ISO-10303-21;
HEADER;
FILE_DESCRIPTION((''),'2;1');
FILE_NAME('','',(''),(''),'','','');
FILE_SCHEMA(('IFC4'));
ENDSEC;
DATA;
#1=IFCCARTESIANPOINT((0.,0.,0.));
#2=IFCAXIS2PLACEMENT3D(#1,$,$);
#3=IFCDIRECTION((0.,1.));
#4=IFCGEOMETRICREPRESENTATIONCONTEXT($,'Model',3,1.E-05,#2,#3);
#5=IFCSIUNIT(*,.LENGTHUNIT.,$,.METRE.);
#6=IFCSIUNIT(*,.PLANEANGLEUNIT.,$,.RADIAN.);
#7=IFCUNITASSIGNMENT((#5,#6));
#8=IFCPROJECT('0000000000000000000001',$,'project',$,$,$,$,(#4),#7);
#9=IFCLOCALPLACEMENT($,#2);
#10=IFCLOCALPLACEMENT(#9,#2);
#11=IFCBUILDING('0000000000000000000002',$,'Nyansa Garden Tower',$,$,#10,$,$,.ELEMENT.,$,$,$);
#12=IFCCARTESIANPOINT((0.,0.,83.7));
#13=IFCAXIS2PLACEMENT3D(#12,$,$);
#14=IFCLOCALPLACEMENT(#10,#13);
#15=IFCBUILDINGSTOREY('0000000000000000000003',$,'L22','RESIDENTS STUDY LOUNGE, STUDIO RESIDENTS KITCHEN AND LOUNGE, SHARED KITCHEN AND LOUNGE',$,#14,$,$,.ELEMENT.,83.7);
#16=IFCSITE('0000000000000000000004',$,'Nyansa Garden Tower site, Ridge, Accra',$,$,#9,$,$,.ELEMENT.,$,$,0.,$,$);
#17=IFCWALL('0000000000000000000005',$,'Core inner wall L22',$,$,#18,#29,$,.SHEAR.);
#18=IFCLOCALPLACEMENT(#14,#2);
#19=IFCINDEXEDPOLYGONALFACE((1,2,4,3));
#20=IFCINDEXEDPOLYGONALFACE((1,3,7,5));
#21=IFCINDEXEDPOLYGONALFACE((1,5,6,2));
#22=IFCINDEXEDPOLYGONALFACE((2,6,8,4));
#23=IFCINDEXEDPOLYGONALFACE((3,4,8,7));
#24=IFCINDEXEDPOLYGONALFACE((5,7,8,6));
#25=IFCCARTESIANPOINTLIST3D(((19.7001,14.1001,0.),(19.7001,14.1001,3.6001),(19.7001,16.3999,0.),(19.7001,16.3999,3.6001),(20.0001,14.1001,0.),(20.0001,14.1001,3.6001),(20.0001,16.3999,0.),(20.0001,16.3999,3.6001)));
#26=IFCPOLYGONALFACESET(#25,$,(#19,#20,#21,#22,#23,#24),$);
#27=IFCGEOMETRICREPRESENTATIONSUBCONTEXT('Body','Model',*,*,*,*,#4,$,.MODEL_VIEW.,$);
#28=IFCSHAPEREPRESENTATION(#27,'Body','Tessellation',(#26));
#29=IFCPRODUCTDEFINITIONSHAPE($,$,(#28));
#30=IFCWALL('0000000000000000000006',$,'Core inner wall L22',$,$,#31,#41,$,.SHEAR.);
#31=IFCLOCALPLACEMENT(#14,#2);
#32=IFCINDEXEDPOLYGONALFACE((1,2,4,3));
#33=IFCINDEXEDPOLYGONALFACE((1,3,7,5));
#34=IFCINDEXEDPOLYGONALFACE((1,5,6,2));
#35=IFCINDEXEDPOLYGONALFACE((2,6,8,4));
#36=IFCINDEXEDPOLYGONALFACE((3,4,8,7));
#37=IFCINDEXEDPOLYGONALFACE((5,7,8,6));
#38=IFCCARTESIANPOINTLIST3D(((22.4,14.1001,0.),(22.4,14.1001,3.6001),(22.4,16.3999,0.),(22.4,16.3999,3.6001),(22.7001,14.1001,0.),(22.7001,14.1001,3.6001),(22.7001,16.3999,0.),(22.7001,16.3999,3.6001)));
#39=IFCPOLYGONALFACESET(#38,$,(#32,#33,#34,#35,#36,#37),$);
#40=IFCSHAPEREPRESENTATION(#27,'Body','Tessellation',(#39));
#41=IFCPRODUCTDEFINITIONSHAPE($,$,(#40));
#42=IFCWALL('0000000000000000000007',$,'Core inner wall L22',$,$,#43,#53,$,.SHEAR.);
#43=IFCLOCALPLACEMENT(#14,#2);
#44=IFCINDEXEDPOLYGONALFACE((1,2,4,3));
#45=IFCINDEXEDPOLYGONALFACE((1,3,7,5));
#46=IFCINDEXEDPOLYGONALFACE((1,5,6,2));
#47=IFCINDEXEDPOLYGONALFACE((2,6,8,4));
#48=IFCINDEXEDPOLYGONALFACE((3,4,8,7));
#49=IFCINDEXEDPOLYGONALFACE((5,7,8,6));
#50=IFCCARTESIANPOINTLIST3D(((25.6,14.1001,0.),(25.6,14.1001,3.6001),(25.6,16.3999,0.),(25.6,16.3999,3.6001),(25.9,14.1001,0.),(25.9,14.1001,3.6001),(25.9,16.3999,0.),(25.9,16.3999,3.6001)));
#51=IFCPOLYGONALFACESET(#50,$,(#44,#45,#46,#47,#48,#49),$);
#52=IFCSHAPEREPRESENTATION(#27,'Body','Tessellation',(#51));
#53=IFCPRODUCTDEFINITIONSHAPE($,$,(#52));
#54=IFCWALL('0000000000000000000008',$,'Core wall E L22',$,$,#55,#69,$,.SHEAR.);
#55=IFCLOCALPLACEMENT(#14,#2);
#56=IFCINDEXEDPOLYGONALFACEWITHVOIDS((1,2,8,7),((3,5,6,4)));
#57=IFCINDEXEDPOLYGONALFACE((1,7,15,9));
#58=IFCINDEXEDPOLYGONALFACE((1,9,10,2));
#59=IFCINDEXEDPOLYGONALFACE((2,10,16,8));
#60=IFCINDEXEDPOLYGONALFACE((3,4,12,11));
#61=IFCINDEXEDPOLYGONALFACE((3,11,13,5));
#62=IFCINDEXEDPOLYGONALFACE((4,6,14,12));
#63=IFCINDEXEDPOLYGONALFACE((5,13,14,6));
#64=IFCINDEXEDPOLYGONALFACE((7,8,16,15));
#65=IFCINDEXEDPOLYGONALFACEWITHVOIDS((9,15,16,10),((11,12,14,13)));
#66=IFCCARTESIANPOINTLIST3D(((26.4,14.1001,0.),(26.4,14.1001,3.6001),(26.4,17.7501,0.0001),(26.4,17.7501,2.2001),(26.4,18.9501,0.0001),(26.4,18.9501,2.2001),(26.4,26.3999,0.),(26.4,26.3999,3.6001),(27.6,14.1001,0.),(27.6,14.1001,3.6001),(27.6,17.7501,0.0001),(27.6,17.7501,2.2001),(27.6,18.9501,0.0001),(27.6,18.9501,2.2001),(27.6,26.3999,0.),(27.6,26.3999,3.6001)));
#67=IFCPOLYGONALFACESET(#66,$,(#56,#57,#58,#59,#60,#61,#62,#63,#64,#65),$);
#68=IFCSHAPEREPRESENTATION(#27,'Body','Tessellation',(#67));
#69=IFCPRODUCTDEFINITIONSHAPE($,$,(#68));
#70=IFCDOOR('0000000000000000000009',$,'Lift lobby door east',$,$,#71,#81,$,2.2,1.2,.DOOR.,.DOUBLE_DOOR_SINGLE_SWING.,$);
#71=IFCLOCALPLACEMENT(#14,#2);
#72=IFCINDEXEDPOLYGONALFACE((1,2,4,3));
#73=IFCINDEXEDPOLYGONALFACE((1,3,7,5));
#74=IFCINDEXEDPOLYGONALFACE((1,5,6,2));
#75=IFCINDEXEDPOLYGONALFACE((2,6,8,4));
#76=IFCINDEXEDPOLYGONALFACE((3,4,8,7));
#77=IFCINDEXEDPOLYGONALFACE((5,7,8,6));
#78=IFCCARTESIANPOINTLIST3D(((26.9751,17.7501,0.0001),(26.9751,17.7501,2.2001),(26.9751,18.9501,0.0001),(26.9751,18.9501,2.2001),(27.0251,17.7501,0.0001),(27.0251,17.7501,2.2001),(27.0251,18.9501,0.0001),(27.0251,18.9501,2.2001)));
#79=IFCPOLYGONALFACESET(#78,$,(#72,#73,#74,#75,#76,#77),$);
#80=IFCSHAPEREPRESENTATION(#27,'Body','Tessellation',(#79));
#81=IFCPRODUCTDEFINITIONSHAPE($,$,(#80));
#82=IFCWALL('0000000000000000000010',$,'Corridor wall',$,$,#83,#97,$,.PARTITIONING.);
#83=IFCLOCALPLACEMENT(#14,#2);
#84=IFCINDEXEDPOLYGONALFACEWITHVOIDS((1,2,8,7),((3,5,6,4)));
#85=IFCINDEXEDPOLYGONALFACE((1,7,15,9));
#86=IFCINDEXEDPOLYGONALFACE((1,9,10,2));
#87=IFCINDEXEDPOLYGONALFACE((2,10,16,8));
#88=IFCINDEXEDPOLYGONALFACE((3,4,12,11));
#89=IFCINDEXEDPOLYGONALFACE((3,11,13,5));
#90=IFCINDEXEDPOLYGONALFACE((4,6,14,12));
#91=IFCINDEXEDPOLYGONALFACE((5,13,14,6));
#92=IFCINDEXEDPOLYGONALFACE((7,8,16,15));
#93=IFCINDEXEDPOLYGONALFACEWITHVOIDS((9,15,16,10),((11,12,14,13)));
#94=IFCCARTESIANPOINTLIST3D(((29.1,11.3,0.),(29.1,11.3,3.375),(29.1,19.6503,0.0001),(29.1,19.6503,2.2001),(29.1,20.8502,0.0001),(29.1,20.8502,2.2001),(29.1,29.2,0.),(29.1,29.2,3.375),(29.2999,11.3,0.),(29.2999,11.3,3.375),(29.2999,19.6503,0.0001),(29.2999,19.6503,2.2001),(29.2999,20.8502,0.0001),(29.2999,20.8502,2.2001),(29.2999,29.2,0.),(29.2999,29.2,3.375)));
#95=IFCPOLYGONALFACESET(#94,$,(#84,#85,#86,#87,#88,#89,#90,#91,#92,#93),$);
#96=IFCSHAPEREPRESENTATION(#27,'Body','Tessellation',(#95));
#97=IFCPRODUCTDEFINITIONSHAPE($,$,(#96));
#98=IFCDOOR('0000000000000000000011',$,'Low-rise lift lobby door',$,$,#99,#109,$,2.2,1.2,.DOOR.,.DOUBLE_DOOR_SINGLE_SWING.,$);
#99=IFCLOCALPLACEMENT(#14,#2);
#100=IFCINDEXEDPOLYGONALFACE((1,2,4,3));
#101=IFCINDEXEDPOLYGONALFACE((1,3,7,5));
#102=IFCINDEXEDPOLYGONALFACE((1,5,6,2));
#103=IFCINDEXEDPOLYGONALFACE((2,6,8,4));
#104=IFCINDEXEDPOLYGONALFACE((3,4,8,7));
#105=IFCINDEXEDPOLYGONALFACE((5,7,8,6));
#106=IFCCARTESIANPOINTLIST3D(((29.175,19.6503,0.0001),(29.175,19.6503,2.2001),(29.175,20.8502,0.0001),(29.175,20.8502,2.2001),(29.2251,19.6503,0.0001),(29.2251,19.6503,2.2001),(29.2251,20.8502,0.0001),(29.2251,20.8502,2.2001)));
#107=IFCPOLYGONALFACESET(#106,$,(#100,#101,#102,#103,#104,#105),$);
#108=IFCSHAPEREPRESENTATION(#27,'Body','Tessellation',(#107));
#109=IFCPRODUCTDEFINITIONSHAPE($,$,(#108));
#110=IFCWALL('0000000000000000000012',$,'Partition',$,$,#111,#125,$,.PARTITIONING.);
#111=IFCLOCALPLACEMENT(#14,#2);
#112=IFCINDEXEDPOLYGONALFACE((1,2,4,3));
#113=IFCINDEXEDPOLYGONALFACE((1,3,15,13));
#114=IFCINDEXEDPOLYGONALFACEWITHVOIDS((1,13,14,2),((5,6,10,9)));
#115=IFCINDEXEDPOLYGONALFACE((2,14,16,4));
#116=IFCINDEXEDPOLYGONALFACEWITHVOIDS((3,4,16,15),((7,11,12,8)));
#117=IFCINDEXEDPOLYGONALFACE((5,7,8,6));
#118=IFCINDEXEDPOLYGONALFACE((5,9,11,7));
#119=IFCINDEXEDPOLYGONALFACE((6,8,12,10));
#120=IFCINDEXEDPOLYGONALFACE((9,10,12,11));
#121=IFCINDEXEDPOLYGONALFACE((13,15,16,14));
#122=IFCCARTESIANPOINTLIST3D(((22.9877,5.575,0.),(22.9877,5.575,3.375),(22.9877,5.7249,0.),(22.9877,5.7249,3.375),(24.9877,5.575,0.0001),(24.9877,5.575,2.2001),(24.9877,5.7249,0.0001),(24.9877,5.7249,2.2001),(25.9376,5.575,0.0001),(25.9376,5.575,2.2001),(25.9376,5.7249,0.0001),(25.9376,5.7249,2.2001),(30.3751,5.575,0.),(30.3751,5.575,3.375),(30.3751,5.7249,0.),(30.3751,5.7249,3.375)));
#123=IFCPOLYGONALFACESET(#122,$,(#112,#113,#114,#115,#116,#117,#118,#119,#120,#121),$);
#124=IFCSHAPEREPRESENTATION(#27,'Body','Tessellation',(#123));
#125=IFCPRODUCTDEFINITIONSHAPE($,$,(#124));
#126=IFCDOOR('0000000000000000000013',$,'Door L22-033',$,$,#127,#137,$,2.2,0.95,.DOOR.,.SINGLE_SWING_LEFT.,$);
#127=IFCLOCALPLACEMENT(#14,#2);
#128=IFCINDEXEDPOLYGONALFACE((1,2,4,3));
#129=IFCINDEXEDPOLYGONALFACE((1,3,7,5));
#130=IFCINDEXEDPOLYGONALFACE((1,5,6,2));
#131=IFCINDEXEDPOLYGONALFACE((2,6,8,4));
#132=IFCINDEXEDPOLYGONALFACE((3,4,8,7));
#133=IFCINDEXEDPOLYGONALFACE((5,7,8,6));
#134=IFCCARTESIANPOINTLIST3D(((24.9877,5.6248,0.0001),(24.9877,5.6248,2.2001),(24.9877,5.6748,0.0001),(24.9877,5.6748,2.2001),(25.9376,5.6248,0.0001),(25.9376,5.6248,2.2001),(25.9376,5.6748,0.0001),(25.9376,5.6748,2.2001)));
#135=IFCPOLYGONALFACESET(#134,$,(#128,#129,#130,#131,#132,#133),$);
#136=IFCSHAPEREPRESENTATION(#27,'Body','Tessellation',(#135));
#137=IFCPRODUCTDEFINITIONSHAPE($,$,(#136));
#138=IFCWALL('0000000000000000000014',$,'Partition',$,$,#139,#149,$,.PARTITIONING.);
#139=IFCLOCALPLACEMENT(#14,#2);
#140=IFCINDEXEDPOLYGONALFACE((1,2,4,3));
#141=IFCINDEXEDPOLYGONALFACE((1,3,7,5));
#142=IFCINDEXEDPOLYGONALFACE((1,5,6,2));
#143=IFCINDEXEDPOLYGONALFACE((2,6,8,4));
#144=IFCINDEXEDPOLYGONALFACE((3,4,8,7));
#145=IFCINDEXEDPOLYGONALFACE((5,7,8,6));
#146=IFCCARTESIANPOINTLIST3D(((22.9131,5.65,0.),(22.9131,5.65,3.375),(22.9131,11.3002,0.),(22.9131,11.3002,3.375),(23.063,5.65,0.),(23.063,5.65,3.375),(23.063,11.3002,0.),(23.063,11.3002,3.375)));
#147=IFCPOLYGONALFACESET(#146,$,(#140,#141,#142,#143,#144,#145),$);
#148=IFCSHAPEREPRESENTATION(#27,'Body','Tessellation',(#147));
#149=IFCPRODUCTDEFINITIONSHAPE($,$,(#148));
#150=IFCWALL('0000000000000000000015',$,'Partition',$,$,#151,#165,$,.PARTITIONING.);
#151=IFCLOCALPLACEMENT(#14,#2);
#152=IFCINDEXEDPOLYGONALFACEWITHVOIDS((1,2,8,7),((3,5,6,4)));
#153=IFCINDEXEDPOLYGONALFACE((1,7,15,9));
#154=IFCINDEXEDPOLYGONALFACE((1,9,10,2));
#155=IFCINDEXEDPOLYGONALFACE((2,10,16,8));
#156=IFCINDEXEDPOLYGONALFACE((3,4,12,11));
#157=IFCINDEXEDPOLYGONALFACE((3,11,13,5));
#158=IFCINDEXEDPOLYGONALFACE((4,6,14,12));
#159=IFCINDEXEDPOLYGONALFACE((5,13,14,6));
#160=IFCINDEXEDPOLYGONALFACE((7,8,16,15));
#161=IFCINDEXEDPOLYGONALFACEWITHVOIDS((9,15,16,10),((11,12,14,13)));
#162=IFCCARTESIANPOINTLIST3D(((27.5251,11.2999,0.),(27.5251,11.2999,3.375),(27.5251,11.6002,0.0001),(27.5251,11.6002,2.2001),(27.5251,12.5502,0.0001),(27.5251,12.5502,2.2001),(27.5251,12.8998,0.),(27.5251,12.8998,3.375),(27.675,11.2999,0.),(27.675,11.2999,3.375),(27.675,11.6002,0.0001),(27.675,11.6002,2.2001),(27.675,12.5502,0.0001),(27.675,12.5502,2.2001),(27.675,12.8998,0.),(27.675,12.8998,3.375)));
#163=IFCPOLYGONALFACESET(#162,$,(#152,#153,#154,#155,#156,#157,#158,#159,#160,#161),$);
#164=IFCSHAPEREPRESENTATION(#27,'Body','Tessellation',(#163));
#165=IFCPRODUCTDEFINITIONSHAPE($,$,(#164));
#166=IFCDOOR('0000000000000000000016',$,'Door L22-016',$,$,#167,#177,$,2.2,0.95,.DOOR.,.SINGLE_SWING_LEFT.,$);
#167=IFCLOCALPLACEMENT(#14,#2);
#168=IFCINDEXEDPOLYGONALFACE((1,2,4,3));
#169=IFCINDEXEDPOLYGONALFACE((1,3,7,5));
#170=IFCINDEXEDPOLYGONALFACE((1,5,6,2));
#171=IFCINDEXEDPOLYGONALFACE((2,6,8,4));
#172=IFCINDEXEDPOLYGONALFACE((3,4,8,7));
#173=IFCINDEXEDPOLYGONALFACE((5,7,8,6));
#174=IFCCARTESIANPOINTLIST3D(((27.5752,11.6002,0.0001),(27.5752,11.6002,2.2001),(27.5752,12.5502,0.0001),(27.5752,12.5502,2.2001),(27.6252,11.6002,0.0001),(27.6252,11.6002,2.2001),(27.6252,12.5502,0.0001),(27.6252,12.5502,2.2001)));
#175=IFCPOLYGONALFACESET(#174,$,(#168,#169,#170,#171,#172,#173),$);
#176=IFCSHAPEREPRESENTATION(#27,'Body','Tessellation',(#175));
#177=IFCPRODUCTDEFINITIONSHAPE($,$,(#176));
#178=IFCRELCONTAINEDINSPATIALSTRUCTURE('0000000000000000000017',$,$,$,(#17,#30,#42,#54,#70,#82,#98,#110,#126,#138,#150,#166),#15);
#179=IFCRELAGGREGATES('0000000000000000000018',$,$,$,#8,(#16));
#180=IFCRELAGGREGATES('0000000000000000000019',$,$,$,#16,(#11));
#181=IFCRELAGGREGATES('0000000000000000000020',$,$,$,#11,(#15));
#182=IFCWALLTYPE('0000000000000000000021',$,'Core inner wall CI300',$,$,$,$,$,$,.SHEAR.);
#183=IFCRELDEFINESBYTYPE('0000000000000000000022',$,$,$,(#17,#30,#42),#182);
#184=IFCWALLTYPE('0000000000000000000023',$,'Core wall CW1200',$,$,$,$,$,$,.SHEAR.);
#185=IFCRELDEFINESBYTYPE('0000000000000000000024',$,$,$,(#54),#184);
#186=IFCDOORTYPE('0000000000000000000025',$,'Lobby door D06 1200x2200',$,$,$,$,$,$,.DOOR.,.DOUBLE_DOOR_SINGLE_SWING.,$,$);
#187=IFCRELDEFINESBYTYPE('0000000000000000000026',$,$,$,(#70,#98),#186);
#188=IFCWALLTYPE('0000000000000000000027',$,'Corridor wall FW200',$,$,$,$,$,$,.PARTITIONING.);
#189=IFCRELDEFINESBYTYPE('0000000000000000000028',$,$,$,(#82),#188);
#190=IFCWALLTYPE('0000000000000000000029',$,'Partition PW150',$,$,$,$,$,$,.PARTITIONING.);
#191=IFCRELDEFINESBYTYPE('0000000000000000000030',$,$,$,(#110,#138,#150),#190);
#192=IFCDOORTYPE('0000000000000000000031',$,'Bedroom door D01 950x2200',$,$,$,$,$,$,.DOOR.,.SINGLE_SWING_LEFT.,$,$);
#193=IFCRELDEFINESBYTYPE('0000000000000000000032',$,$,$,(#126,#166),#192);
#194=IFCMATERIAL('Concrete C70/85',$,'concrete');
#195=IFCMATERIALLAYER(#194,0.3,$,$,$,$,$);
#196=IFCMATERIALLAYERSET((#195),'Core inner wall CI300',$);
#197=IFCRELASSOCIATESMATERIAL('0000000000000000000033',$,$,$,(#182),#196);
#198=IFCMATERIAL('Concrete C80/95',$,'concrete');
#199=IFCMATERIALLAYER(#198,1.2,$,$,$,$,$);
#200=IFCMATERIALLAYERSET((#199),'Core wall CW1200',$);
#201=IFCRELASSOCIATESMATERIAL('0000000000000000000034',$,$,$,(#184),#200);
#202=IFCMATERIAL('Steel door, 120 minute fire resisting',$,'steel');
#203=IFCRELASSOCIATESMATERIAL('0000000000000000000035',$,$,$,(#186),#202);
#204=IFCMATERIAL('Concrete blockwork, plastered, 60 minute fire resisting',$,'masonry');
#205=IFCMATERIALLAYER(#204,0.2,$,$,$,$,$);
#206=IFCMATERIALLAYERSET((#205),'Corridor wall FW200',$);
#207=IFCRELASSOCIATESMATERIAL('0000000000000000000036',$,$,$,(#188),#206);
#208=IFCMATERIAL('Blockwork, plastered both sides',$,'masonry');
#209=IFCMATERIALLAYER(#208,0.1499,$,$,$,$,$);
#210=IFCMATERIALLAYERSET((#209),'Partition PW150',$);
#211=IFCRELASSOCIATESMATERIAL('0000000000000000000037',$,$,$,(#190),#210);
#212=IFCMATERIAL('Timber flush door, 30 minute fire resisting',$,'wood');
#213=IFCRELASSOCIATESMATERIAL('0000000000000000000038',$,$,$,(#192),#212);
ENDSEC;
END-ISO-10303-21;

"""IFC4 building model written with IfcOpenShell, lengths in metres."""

from ifc_helpers import new_model, si_unit, direction, frame, frame_2d, origin, place, context, subcontext, project, spatial, rectangle, extrude, material, layer, layer_set, type_object, element, fill, save


model = new_model("IFC4")

# Units and contexts
model_context = context("Model", 3, precision=1e-05, world=origin(), true_north=direction((0.0, 1.0)))
body_context = subcontext(model_context, "Body", "Model", "MODEL_VIEW")
ifc_project = project(units=[si_unit("LENGTHUNIT", "METRE"), si_unit("PLANEANGLEUNIT", "RADIAN")], contexts=[model_context])

# Site, building, storey
site_placement = place(None, origin())
site = spatial("IfcSite", under=ifc_project, at=site_placement, Name="Nyansa Garden Tower site, Ridge, Accra", CompositionType="ELEMENT", RefElevation=0.0)
building_placement = place(site_placement, origin())
building = spatial("IfcBuilding", under=site, at=building_placement, Name="Nyansa Garden Tower", CompositionType="ELEMENT")
storey_placement = place(building_placement, frame((0.0, 0.0, 83.7)))
storey = spatial("IfcBuildingStorey", under=building, at=storey_placement, Name="L22", Description="RESIDENTS STUDY LOUNGE, STUDIO RESIDENTS KITCHEN AND LOUNGE, SHARED KITCHEN AND LOUNGE", CompositionType="ELEMENT", Elevation=83.7)

# Walls
ifc_material_1 = material(Name="Concrete C70/85", Category="concrete")
ifc_layer_1 = layer(ifc_material_1, 0.3)
ifc_layer_set_1 = layer_set([ifc_layer_1], Name="Core inner wall CI300")
wall_type_1 = type_object("IfcWallType", Name="Core inner wall CI300", PredefinedType="SHEAR", material=ifc_layer_set_1)
for number, where, z_axis, x_axis, name in (
    (1, (19.8501, 14.1001, 0.0), (0.0, 0.0, 1.0), (0.0, 1.0, 0.0), "Core inner wall L22"),
    (2, (22.55, 14.1001, 0.0), (0.0, 0.0, 1.0), (0.0, 1.0, 0.0), "Core inner wall L22"),
    (3, (25.75, 14.1001, 0.0), (0.0, 0.0, 1.0), (0.0, 1.0, 0.0), "Core inner wall L22"),
):
    element("IfcWall", number, at=place(storey_placement, frame(where, z_axis=z_axis, x_axis=x_axis)), inside=storey, type_object=wall_type_1, Name=name, PredefinedType="SHEAR", context=body_context, shape_type="SweptSolid", body=[
        extrude(rectangle(XDim=2.2998, YDim=0.3, at=frame_2d((1.1499, 0.0))), origin(), (0.0, 0.0, 1.0), 3.6001),
    ])

# Walls, openings, doors
ifc_material_2 = material(Name="Concrete C80/95", Category="concrete")
ifc_layer_2 = layer(ifc_material_2, 1.2)
ifc_layer_set_2 = layer_set([ifc_layer_2], Name="Core wall CW1200")
wall_type_2 = type_object("IfcWallType", Name="Core wall CW1200", PredefinedType="SHEAR", material=ifc_layer_set_2)
wall_1_placement = place(storey_placement, frame((27.0, 14.1001, 0.0), z_axis=(0.0, 0.0, 1.0), x_axis=(0.0, 1.0, 0.0)))
wall_1 = element("IfcWall", 4, at=wall_1_placement, inside=storey, type_object=wall_type_2, Name="Core wall E L22", PredefinedType="SHEAR", context=body_context, shape_type="SweptSolid", body=[
    extrude(rectangle(XDim=12.2998, YDim=1.2, at=frame_2d((6.1499, 0.0))), origin(), (0.0, 0.0, 1.0), 3.6001),
])
opening_1_placement = place(wall_1_placement, frame((3.6499, 0.0, 0.0)))
opening_1 = element("IfcOpeningElement", 5, at=opening_1_placement, cuts=wall_1, PredefinedType="OPENING", context=body_context, shape_type="SweptSolid", body=[
    extrude(rectangle(XDim=1.2, YDim=2.2, at=frame_2d((0.6001, 1.1001))), frame((0.0, 0.6099, 0.0), z_axis=(0.0, -1.0, 0.0), x_axis=(1.0, 0.0, 0.0)), (0.0, 0.0, 1.0), 1.22),
])
ifc_material_3 = material(Name="Steel door, 120 minute fire resisting", Category="steel")
door_type_1 = type_object("IfcDoorType", Name="Lobby door D06 1200x2200", OperationType="DOUBLE_DOOR_SINGLE_SWING", PredefinedType="DOOR", material=ifc_material_3)
door_1_placement = place(opening_1_placement, origin())
door_1 = element("IfcDoor", 6, at=door_1_placement, inside=storey, type_object=door_type_1, Name="Lift lobby door east", OperationType="DOUBLE_DOOR_SINGLE_SWING", OverallHeight=2.2, OverallWidth=1.2, PredefinedType="DOOR", context=body_context, shape_type="SweptSolid", body=[
    extrude(rectangle(XDim=1.2, YDim=2.2, at=frame_2d((0.6001, 1.1001))), frame((0.0, 0.0249, 0.0), z_axis=(0.0, -1.0, 0.0), x_axis=(1.0, 0.0, 0.0)), (0.0, 0.0, 1.0), 0.05),
])
fill(opening_1, door_1)
ifc_material_4 = material(Name="Concrete blockwork, plastered, 60 minute fire resisting", Category="masonry")
ifc_layer_3 = layer(ifc_material_4, 0.2)
ifc_layer_set_3 = layer_set([ifc_layer_3], Name="Corridor wall FW200")
wall_type_3 = type_object("IfcWallType", Name="Corridor wall FW200", PredefinedType="PARTITIONING", material=ifc_layer_set_3)
wall_2_placement = place(storey_placement, frame((29.2, 11.3, 0.0), z_axis=(0.0, 0.0, 1.0), x_axis=(0.0, 1.0, 0.0)))
wall_2 = element("IfcWall", 7, at=wall_2_placement, inside=storey, type_object=wall_type_3, Name="Corridor wall", PredefinedType="PARTITIONING", context=body_context, shape_type="SweptSolid", body=[
    extrude(rectangle(XDim=17.8999, YDim=0.2, at=frame_2d((8.95, 0.0))), origin(), (0.0, 0.0, 1.0), 3.375),
])
opening_2_placement = place(wall_2_placement, frame((8.3501, 0.0, 0.0)))
opening_2 = element("IfcOpeningElement", 8, at=opening_2_placement, cuts=wall_2, PredefinedType="OPENING", context=body_context, shape_type="SweptSolid", body=[
    extrude(rectangle(XDim=1.2, YDim=2.2, at=frame_2d((0.6001, 1.1001))), frame((0.0, 0.1099, 0.0), z_axis=(0.0, -1.0, 0.0), x_axis=(1.0, 0.0, 0.0)), (0.0, 0.0, 1.0), 0.22),
])
door_2_placement = place(opening_2_placement, origin())
door_2 = element("IfcDoor", 9, at=door_2_placement, inside=storey, type_object=door_type_1, Name="Low-rise lift lobby door", OperationType="DOUBLE_DOOR_SINGLE_SWING", OverallHeight=2.2, OverallWidth=1.2, PredefinedType="DOOR", context=body_context, shape_type="SweptSolid", body=[
    extrude(rectangle(XDim=1.2, YDim=2.2, at=frame_2d((0.6001, 1.1001))), frame((0.0, 0.0249, 0.0), z_axis=(0.0, -1.0, 0.0), x_axis=(1.0, 0.0, 0.0)), (0.0, 0.0, 1.0), 0.05),
])
fill(opening_2, door_2)
ifc_material_5 = material(Name="Blockwork, plastered both sides", Category="masonry")
ifc_layer_4 = layer(ifc_material_5, 0.1499)
ifc_layer_set_4 = layer_set([ifc_layer_4], Name="Partition PW150")
wall_type_4 = type_object("IfcWallType", Name="Partition PW150", PredefinedType="PARTITIONING", material=ifc_layer_set_4)
wall_3_placement = place(storey_placement, frame((22.9875, 5.6499, 0.0), z_axis=(0.0, 0.0, 1.0), x_axis=(1.0, 0.0, 0.0)))
wall_3 = element("IfcWall", 10, at=wall_3_placement, inside=storey, type_object=wall_type_4, Name="Partition", PredefinedType="PARTITIONING", context=body_context, shape_type="SweptSolid", body=[
    extrude(rectangle(XDim=7.3875, YDim=0.1499, at=frame_2d((3.6938, 0.0))), origin(), (0.0, 0.0, 1.0), 3.375),
])
opening_3_placement = place(wall_3_placement, frame((2.0, 0.0, 0.0)))
opening_3 = element("IfcOpeningElement", 11, at=opening_3_placement, cuts=wall_3, PredefinedType="OPENING", context=body_context, shape_type="SweptSolid", body=[
    extrude(rectangle(XDim=0.95, YDim=2.2, at=frame_2d((0.4751, 1.1001))), frame((0.0, 0.085, 0.0), z_axis=(0.0, -1.0, 0.0), x_axis=(1.0, 0.0, 0.0)), (0.0, 0.0, 1.0), 0.1699),
])
ifc_material_6 = material(Name="Timber flush door, 30 minute fire resisting", Category="wood")
door_type_2 = type_object("IfcDoorType", Name="Bedroom door D01 950x2200", OperationType="SINGLE_SWING_LEFT", PredefinedType="DOOR", material=ifc_material_6)
door_3_placement = place(opening_3_placement, origin())
door_3 = element("IfcDoor", 12, at=door_3_placement, inside=storey, type_object=door_type_2, Name="Door L22-033", OperationType="SINGLE_SWING_LEFT", OverallHeight=2.2, OverallWidth=0.95, PredefinedType="DOOR", context=body_context, shape_type="SweptSolid", body=[
    extrude(rectangle(XDim=0.95, YDim=2.2, at=frame_2d((0.4751, 1.1001))), frame((0.0, 0.0249, 0.0), z_axis=(0.0, -1.0, 0.0), x_axis=(1.0, 0.0, 0.0)), (0.0, 0.0, 1.0), 0.05),
])
fill(opening_3, door_3)

# Wall
wall_4_placement = place(storey_placement, frame((22.988, 5.6499, 0.0), z_axis=(0.0, 0.0, 1.0), x_axis=(0.0, 1.0, 0.0)))
element("IfcWall", 13, at=wall_4_placement, inside=storey, type_object=wall_type_4, Name="Partition", PredefinedType="PARTITIONING", context=body_context, shape_type="SweptSolid", body=[
    extrude(rectangle(XDim=5.6501, YDim=0.1499, at=frame_2d((2.8252, 0.0))), origin(), (0.0, 0.0, 1.0), 3.375),
])

# Wall, opening, door
wall_5_placement = place(storey_placement, frame((27.6001, 11.3, 0.0), z_axis=(0.0, 0.0, 1.0), x_axis=(0.0, 1.0, 0.0)))
wall_5 = element("IfcWall", 14, at=wall_5_placement, inside=storey, type_object=wall_type_4, Name="Partition", PredefinedType="PARTITIONING", context=body_context, shape_type="SweptSolid", body=[
    extrude(rectangle(XDim=1.5999, YDim=0.1499, at=frame_2d((0.7998, 0.0))), origin(), (0.0, 0.0, 1.0), 3.375),
])
opening_4_placement = place(wall_5_placement, frame((0.3, 0.0, 0.0)))
opening_4 = element("IfcOpeningElement", 15, at=opening_4_placement, cuts=wall_5, PredefinedType="OPENING", context=body_context, shape_type="SweptSolid", body=[
    extrude(rectangle(XDim=0.95, YDim=2.2, at=frame_2d((0.4751, 1.1001))), frame((0.0, 0.085, 0.0), z_axis=(0.0, -1.0, 0.0), x_axis=(1.0, 0.0, 0.0)), (0.0, 0.0, 1.0), 0.1699),
])
door_4_placement = place(opening_4_placement, origin())
door_4 = element("IfcDoor", 16, at=door_4_placement, inside=storey, type_object=door_type_2, Name="Door L22-016", OperationType="SINGLE_SWING_LEFT", OverallHeight=2.2, OverallWidth=0.95, PredefinedType="DOOR", context=body_context, shape_type="SweptSolid", body=[
    extrude(rectangle(XDim=0.95, YDim=2.2, at=frame_2d((0.4751, 1.1001))), frame((0.0, 0.0249, 0.0), z_axis=(0.0, -1.0, 0.0), x_axis=(1.0, 0.0, 0.0)), (0.0, 0.0, 1.0), 0.05),
])
fill(opening_4, door_4)

save(model, "model.ifc")
